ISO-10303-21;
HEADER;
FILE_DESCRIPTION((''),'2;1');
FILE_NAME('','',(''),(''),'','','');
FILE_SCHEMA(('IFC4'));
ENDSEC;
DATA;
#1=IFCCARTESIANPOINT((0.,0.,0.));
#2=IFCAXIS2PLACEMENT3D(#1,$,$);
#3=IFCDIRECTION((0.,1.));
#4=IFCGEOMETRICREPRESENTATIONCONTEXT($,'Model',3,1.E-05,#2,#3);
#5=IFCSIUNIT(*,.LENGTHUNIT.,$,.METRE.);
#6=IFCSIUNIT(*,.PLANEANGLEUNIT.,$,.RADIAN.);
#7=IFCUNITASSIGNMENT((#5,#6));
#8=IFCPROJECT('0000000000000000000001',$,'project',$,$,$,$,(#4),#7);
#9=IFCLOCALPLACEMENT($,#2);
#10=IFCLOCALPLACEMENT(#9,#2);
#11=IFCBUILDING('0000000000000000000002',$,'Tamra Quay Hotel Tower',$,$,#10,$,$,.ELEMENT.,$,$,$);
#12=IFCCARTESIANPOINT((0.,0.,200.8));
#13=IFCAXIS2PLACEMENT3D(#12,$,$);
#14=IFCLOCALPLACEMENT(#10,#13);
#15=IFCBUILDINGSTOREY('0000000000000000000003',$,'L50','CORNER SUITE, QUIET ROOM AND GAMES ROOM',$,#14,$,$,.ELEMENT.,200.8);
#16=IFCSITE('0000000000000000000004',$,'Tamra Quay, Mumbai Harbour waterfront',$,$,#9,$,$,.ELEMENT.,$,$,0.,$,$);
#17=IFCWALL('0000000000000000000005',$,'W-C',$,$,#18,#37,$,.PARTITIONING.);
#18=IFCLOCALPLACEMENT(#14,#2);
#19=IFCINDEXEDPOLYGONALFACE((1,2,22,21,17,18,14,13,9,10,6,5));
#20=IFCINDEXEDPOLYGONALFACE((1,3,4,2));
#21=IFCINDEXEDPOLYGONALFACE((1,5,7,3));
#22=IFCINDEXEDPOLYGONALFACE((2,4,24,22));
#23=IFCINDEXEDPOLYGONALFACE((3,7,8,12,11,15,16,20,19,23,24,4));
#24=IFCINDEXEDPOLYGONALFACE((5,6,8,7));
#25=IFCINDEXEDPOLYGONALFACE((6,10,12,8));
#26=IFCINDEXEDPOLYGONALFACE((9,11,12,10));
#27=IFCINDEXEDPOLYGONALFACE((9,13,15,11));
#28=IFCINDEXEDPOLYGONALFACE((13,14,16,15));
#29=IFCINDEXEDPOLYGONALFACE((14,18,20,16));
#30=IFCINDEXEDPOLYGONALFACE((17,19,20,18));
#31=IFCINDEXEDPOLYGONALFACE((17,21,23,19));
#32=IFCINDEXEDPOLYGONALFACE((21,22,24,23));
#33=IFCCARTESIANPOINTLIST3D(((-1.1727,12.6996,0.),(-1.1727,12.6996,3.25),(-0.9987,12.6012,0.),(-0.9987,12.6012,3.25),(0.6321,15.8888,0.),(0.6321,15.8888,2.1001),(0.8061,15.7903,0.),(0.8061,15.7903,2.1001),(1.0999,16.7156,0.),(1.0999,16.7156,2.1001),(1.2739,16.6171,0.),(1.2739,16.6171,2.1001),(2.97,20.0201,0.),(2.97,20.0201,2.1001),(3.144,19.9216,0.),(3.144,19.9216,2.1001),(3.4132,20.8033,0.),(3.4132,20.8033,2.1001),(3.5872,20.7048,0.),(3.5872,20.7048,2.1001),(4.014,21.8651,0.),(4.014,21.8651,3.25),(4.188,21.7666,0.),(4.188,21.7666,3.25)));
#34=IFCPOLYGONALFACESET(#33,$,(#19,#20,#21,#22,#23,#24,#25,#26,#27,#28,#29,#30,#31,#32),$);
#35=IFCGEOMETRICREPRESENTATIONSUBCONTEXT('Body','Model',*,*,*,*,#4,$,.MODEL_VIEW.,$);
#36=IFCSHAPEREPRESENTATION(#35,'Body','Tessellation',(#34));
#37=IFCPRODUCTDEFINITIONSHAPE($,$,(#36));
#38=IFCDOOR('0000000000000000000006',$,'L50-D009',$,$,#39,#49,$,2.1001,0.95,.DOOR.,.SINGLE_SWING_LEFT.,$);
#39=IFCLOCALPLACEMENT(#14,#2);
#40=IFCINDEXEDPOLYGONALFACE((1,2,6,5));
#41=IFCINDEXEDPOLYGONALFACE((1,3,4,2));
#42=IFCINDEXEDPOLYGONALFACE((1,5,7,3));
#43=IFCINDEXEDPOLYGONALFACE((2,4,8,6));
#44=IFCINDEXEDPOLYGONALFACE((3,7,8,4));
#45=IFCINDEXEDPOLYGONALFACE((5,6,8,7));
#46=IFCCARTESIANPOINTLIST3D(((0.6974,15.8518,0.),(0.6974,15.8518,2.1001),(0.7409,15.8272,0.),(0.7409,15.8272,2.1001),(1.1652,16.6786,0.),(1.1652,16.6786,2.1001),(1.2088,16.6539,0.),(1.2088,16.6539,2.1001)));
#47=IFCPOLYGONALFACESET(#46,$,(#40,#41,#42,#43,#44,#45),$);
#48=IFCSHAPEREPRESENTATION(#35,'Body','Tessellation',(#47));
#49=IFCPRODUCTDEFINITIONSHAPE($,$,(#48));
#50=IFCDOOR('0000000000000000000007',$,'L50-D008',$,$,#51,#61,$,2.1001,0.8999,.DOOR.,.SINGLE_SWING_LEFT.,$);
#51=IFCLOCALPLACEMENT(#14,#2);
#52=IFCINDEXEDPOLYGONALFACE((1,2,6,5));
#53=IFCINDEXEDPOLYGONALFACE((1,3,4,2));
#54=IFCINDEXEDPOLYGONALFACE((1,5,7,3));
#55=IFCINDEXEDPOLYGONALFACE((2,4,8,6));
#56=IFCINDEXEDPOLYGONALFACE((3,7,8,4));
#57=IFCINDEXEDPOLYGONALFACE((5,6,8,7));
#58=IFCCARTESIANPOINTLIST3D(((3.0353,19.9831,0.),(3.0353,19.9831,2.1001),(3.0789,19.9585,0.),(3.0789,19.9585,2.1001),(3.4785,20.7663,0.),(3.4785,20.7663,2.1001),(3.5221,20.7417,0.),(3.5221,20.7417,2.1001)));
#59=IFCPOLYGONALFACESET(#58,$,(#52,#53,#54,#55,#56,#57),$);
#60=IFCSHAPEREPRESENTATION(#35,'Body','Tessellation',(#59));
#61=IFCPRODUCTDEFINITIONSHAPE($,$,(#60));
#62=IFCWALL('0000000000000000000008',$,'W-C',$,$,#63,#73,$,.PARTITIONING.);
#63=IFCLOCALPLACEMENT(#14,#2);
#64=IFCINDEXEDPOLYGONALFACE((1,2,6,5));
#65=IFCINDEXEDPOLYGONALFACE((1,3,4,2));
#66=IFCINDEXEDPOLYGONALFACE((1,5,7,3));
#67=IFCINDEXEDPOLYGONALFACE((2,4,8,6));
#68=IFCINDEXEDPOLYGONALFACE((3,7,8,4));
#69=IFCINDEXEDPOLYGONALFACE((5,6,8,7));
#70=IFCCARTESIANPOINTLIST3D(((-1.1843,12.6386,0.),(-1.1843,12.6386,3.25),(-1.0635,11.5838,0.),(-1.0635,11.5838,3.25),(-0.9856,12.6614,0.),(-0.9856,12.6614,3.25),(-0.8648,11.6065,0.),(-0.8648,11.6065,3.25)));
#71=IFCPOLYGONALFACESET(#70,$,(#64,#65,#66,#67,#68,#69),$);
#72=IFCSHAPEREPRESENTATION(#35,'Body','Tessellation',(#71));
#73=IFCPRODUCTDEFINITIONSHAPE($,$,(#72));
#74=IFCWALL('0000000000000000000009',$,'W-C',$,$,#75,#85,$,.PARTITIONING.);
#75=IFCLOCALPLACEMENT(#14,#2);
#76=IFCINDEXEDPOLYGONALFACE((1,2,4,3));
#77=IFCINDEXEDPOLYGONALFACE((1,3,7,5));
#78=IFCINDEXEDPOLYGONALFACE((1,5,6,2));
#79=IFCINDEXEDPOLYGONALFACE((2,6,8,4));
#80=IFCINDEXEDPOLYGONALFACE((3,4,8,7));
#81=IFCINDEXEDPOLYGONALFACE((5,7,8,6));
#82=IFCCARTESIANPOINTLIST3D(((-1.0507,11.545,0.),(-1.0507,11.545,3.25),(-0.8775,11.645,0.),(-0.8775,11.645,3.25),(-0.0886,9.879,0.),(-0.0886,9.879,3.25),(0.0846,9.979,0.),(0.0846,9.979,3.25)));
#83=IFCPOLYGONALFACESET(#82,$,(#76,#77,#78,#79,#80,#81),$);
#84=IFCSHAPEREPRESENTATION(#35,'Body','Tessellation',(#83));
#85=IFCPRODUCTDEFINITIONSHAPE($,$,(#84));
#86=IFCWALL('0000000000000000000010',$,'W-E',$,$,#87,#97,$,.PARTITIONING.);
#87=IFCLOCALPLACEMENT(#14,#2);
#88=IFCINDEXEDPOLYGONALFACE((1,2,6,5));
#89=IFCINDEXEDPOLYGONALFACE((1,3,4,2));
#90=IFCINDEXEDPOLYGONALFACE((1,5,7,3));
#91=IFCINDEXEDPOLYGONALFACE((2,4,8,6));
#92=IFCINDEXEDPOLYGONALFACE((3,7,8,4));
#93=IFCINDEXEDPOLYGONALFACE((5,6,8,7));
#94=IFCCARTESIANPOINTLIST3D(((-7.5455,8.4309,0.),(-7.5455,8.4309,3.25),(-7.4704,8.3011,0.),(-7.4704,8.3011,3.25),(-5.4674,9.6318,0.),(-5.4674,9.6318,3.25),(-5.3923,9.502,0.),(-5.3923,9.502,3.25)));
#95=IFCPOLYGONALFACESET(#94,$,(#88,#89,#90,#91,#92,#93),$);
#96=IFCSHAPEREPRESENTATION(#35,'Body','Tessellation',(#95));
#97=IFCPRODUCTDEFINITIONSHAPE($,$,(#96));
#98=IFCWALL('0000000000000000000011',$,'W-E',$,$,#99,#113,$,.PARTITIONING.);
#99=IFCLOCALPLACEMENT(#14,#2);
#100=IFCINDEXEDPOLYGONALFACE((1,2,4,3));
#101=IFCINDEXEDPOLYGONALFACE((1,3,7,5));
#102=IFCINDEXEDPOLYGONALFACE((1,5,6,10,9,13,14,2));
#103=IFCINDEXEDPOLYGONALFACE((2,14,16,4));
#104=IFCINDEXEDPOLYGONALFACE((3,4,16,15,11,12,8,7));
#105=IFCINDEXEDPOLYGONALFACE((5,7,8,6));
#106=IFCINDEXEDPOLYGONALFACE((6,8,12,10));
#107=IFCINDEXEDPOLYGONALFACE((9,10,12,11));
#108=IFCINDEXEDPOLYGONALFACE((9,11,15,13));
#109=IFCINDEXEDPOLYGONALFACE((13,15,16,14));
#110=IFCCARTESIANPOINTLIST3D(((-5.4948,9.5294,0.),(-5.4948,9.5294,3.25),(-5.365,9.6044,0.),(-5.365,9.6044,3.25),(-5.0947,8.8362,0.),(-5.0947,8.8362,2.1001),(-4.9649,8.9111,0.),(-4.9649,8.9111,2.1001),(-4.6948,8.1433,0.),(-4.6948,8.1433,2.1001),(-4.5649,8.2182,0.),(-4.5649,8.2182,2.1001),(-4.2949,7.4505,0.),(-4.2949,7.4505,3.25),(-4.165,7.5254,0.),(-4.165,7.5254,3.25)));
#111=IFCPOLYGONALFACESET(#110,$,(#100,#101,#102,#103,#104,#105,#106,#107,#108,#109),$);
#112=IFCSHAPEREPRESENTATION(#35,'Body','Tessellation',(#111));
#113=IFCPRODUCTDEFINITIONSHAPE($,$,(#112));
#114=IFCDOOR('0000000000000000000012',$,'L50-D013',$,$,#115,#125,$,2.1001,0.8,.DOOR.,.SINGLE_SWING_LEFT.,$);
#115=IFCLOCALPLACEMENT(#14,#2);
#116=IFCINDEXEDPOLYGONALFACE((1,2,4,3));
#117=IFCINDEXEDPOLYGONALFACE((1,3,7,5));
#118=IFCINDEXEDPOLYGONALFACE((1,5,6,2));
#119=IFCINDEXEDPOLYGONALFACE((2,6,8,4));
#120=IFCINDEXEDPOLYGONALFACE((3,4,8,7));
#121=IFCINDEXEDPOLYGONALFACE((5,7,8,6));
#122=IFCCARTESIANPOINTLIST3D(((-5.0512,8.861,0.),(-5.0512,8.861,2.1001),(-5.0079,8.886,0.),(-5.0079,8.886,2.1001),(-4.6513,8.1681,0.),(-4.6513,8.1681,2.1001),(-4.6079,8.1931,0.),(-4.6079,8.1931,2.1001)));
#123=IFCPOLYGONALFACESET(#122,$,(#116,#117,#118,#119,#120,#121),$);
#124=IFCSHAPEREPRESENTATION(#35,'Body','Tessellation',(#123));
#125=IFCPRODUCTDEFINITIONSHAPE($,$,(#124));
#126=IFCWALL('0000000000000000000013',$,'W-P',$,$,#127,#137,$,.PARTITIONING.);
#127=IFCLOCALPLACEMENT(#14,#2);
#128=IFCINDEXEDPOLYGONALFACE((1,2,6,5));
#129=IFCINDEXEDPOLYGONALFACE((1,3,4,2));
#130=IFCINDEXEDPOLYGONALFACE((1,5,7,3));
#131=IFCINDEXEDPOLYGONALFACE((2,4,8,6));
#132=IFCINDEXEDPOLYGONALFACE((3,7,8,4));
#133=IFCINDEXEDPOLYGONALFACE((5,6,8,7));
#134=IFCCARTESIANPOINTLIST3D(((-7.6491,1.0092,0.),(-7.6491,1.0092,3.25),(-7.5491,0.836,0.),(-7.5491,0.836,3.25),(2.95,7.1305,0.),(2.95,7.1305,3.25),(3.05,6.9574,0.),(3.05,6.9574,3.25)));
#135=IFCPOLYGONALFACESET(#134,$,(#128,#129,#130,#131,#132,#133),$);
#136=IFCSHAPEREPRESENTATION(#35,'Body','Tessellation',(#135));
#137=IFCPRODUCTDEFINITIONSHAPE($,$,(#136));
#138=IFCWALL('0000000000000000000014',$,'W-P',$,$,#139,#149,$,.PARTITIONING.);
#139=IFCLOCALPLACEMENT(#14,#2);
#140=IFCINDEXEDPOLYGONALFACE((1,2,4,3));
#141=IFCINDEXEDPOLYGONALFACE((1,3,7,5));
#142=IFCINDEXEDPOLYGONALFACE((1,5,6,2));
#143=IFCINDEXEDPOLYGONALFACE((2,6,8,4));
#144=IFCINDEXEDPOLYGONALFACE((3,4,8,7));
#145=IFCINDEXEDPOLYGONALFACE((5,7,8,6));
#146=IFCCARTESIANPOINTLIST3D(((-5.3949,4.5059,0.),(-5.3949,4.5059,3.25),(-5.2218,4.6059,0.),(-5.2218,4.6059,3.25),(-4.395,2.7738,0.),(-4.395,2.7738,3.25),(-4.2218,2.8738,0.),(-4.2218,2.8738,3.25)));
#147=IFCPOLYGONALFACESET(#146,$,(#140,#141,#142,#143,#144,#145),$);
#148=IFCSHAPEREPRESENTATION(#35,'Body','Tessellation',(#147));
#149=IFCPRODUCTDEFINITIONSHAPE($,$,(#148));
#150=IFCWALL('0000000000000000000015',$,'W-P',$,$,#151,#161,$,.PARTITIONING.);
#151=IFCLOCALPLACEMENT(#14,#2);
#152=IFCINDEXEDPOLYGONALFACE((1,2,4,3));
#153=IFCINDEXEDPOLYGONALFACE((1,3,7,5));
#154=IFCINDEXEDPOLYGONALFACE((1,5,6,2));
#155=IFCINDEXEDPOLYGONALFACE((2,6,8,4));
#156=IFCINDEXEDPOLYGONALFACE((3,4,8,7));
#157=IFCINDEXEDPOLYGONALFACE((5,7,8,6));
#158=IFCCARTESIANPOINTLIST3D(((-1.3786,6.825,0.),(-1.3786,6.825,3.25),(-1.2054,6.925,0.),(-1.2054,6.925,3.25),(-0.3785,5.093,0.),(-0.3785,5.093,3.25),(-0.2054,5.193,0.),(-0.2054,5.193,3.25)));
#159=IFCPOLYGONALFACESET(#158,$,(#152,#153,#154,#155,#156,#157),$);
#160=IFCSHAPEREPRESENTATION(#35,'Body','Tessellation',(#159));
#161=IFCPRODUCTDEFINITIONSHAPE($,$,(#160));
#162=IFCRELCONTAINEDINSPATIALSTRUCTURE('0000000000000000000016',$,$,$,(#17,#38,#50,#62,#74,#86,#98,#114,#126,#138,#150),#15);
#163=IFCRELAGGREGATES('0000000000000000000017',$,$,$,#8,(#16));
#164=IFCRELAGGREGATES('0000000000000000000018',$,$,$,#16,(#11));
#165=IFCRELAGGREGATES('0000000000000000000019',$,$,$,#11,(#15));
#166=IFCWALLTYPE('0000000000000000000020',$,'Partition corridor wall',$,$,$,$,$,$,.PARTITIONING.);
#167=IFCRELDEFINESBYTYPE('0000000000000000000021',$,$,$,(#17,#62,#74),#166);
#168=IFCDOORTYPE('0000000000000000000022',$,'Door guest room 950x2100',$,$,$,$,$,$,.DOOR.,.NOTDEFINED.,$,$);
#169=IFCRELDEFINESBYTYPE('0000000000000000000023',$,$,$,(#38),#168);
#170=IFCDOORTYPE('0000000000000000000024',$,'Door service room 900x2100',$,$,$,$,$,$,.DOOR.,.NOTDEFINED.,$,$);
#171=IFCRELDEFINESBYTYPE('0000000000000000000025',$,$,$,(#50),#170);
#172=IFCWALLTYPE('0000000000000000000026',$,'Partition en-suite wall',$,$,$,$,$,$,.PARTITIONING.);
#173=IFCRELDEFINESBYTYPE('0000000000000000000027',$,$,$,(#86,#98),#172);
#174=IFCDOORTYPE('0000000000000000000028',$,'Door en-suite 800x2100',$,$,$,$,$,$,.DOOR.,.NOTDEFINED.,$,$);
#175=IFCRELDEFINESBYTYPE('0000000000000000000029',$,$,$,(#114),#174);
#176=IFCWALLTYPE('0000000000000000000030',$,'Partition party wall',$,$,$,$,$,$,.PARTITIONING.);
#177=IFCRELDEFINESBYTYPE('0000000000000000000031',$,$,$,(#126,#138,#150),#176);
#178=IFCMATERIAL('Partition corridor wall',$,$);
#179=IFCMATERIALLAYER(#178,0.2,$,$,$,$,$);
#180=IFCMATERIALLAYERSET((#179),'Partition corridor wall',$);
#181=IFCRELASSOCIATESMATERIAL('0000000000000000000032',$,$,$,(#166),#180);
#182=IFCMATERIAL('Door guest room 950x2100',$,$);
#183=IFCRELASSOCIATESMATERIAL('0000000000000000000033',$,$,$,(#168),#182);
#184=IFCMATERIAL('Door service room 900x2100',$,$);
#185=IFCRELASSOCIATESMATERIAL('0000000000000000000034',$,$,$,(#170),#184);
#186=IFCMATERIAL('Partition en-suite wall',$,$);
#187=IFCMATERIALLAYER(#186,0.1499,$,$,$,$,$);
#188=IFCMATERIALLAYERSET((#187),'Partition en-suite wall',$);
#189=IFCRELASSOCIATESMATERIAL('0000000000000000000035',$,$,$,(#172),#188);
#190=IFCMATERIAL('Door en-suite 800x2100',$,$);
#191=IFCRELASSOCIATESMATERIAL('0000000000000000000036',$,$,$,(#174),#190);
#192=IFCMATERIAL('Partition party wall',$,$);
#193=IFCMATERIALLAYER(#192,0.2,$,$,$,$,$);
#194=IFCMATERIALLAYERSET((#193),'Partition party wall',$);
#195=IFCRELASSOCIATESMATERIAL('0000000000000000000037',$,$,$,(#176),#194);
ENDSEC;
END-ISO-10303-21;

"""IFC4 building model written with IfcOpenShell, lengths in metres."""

from ifc_helpers import new_model, si_unit, direction, frame, frame_2d, origin, place, context, subcontext, project, spatial, rectangle, extrude, material, layer, layer_set, type_object, element, fill, save


model = new_model("IFC4")

# Units and contexts
model_context = context("Model", 3, precision=1e-05, world=origin(), true_north=direction((0.0, 1.0)))
body_context = subcontext(model_context, "Body", "Model", "MODEL_VIEW")
ifc_project = project(units=[si_unit("LENGTHUNIT", "METRE"), si_unit("PLANEANGLEUNIT", "RADIAN")], contexts=[model_context])

# Site, building, storey
site_placement = place(None, origin())
site = spatial("IfcSite", under=ifc_project, at=site_placement, Name="Tamra Quay, Mumbai Harbour waterfront", CompositionType="ELEMENT", RefElevation=0.0)
building_placement = place(site_placement, origin())
building = spatial("IfcBuilding", under=site, at=building_placement, Name="Tamra Quay Hotel Tower", CompositionType="ELEMENT")
storey_placement = place(building_placement, frame((0.0, 0.0, 200.8)))
storey = spatial("IfcBuildingStorey", under=building, at=storey_placement, Name="L50", Description="CORNER SUITE, QUIET ROOM AND GAMES ROOM", CompositionType="ELEMENT", Elevation=200.8)

# Shared definitions
ifc_material_1 = material(Name="Partition corridor wall")
ifc_layer_1 = layer(ifc_material_1, 0.2)
ifc_layer_set_1 = layer_set([ifc_layer_1], Name="Partition corridor wall")
wall_type_1 = type_object("IfcWallType", Name="Partition corridor wall", PredefinedType="PARTITIONING", material=ifc_layer_set_1)
ifc_material_2 = material(Name="Door guest room 950x2100")
door_type_1 = type_object("IfcDoorType", Name="Door guest room 950x2100", OperationType="NOTDEFINED", PredefinedType="DOOR", material=ifc_material_2)

# Wall, openings, doors
ifc_material_3 = material(Name="Door service room 900x2100")
door_type_2 = type_object("IfcDoorType", Name="Door service room 900x2100", OperationType="NOTDEFINED", PredefinedType="DOOR", material=ifc_material_3)
wall_1_placement = place(storey_placement, frame((-1.0857, 12.6504, 0.0), z_axis=(0.0, 0.0, 1.0), x_axis=(0.492507, 0.870308, 0.0)))
wall_1 = element("IfcWall", 1, at=wall_1_placement, inside=storey, type_object=wall_type_1, Name="W-C", PredefinedType="PARTITIONING", context=body_context, shape_type="SweptSolid", body=[
    extrude(rectangle(XDim=10.5312, YDim=0.2, at=frame_2d((5.2656, 0.0))), origin(), (0.0, 0.0, 1.0), 3.25),
])
opening_1_placement = place(wall_1_placement, frame((8.4114, 0.0, 0.0)))
opening_1 = element("IfcOpeningElement", 2, at=opening_1_placement, cuts=wall_1, PredefinedType="OPENING", context=body_context, shape_type="SweptSolid", body=[
    extrude(rectangle(XDim=0.8999, YDim=2.1001, at=frame_2d((0.45, 1.05))), frame((0.0, 0.1099, 0.0), z_axis=(0.0, -1.0, 0.0), x_axis=(1.0, 0.0, 0.0)), (0.0, 0.0, 1.0), 0.22),
])
opening_2_placement = place(wall_1_placement, frame((3.6643, 0.0, 0.0)))
opening_2 = element("IfcOpeningElement", 3, at=opening_2_placement, cuts=wall_1, PredefinedType="OPENING", context=body_context, shape_type="SweptSolid", body=[
    extrude(rectangle(XDim=0.95, YDim=2.1001, at=frame_2d((0.4751, 1.05))), frame((0.0, 0.1099, 0.0), z_axis=(0.0, -1.0, 0.0), x_axis=(1.0, 0.0, 0.0)), (0.0, 0.0, 1.0), 0.22),
])
door_1_placement = place(opening_2_placement, origin())
door_1 = element("IfcDoor", 4, at=door_1_placement, inside=storey, type_object=door_type_1, Name="L50-D009", OperationType="SINGLE_SWING_LEFT", OverallHeight=2.1001, OverallWidth=0.95, PredefinedType="DOOR", context=body_context, shape_type="SweptSolid", body=[
    extrude(rectangle(XDim=0.95, YDim=2.1001, at=frame_2d((0.4751, 1.05))), frame((0.0, 0.0249, 0.0), z_axis=(0.0, -1.0, 0.0), x_axis=(1.0, 0.0, 0.0)), (0.0, 0.0, 1.0), 0.05),
])
fill(opening_2, door_1)
door_2_placement = place(opening_1_placement, origin())
door_2 = element("IfcDoor", 5, at=door_2_placement, inside=storey, type_object=door_type_2, Name="L50-D008", OperationType="SINGLE_SWING_LEFT", OverallHeight=2.1001, OverallWidth=0.8999, PredefinedType="DOOR", context=body_context, shape_type="SweptSolid", body=[
    extrude(rectangle(XDim=0.8999, YDim=2.1001, at=frame_2d((0.45, 1.05))), frame((0.0, 0.0249, 0.0), z_axis=(0.0, -1.0, 0.0), x_axis=(1.0, 0.0, 0.0)), (0.0, 0.0, 1.0), 0.05),
])
fill(opening_1, door_2)

# Walls
wall_2_placement = place(storey_placement, frame((-1.085, 12.6499, 0.0), z_axis=(0.0, 0.0, 1.0), x_axis=(0.113812, -0.993502, 0.0)))
element("IfcWall", 6, at=wall_2_placement, inside=storey, type_object=wall_type_1, Name="W-C", PredefinedType="PARTITIONING", context=body_context, shape_type="SweptSolid", body=[
    extrude(rectangle(XDim=1.0618, YDim=0.2, at=frame_2d((0.5308, 0.0))), origin(), (0.0, 0.0, 1.0), 3.25),
])
wall_3_placement = place(storey_placement, frame((-0.9641, 11.595, 0.0), z_axis=(0.0, 0.0, 1.0), x_axis=(0.500111, -0.865962, 0.0)))
element("IfcWall", 7, at=wall_3_placement, inside=storey, type_object=wall_type_1, Name="W-C", PredefinedType="PARTITIONING", context=body_context, shape_type="SweptSolid", body=[
    extrude(rectangle(XDim=1.9238, YDim=0.2, at=frame_2d((0.9619, 0.0))), origin(), (0.0, 0.0, 1.0), 3.25),
])
ifc_material_4 = material(Name="Partition en-suite wall")
ifc_layer_2 = layer(ifc_material_4, 0.1499)
ifc_layer_set_2 = layer_set([ifc_layer_2], Name="Partition en-suite wall")
wall_type_2 = type_object("IfcWallType", Name="Partition en-suite wall", PredefinedType="PARTITIONING", material=ifc_layer_set_2)
wall_4_placement = place(storey_placement, frame((-7.5081, 8.366, 0.0), z_axis=(0.0, 0.0, 1.0), x_axis=(0.865823, 0.50035, 0.0)))
element("IfcWall", 8, at=wall_4_placement, inside=storey, type_object=wall_type_2, Name="W-E", PredefinedType="PARTITIONING", context=body_context, shape_type="SweptSolid", body=[
    extrude(rectangle(XDim=2.4001, YDim=0.1499, at=frame_2d((1.2002, 0.0))), origin(), (0.0, 0.0, 1.0), 3.25),
])

# Wall, opening, door
wall_5_placement = place(storey_placement, frame((-5.4299, 9.5669, 0.0), z_axis=(0.0, 0.0, 1.0), x_axis=(0.499913, -0.866075, 0.0)))
wall_5 = element("IfcWall", 9, at=wall_5_placement, inside=storey, type_object=wall_type_2, Name="W-E", PredefinedType="PARTITIONING", context=body_context, shape_type="SweptSolid", body=[
    extrude(rectangle(XDim=2.4004, YDim=0.1499, at=frame_2d((1.2002, 0.0))), origin(), (0.0, 0.0, 1.0), 3.25),
])
opening_3_placement = place(wall_5_placement, frame((0.8005, 0.0, 0.0)))
opening_3 = element("IfcOpeningElement", 10, at=opening_3_placement, cuts=wall_5, PredefinedType="OPENING", context=body_context, shape_type="SweptSolid", body=[
    extrude(rectangle(XDim=0.8, YDim=2.1001, at=frame_2d((0.3999, 1.05))), frame((0.0, 0.085, 0.0), z_axis=(0.0, -1.0, 0.0), x_axis=(1.0, 0.0, 0.0)), (0.0, 0.0, 1.0), 0.1699),
])
ifc_material_5 = material(Name="Door en-suite 800x2100")
door_type_3 = type_object("IfcDoorType", Name="Door en-suite 800x2100", OperationType="NOTDEFINED", PredefinedType="DOOR", material=ifc_material_5)
door_3_placement = place(opening_3_placement, frame((0.8, 0.0, 0.0), z_axis=(0.0, 0.0, 1.0), x_axis=(-1.0, 0.0, 0.0)))
door_3 = element("IfcDoor", 11, at=door_3_placement, inside=storey, type_object=door_type_3, Name="L50-D013", OperationType="SINGLE_SWING_LEFT", OverallHeight=2.1001, OverallWidth=0.8, PredefinedType="DOOR", context=body_context, shape_type="SweptSolid", body=[
    extrude(rectangle(XDim=0.8, YDim=2.1001, at=frame_2d((0.3999, 1.05))), frame((0.0, 0.0249, 0.0), z_axis=(0.0, -1.0, 0.0), x_axis=(1.0, 0.0, 0.0)), (0.0, 0.0, 1.0), 0.05),
])
fill(opening_3, door_3)

# Walls
ifc_material_6 = material(Name="Partition party wall")
ifc_layer_3 = layer(ifc_material_6, 0.2)
ifc_layer_set_3 = layer_set([ifc_layer_3], Name="Partition party wall")
wall_type_3 = type_object("IfcWallType", Name="Partition party wall", PredefinedType="PARTITIONING", material=ifc_layer_set_3)
wall_6_placement = place(storey_placement, frame((-7.5991, 0.9226, 0.0), z_axis=(0.0, 0.0, 1.0), x_axis=(0.865957, 0.500118, 0.0)))
element("IfcWall", 12, at=wall_6_placement, inside=storey, type_object=wall_type_3, Name="W-P", PredefinedType="PARTITIONING", context=body_context, shape_type="SweptSolid", body=[
    extrude(rectangle(XDim=12.2397, YDim=0.2, at=frame_2d((6.1199, 0.0))), origin(), (0.0, 0.0, 1.0), 3.25),
])
for number, where, z_axis, x_axis, name in (
    (13, (-5.3083, 4.5559, 0.0), (0.0, 0.0, 1.0), (0.499973, -0.866041, 0.0), "W-P"),
    (14, (-1.292, 6.875, 0.0), (0.0, 0.0, 1.0), (0.500025, -0.866011, 0.0), "W-P"),
):
    element("IfcWall", number, at=place(storey_placement, frame(where, z_axis=z_axis, x_axis=x_axis)), inside=storey, type_object=wall_type_3, Name=name, PredefinedType="PARTITIONING", context=body_context, shape_type="SweptSolid", body=[
        extrude(rectangle(XDim=2.0, YDim=0.2, at=frame_2d((1.0, 0.0))), origin(), (0.0, 0.0, 1.0), 3.25),
    ])

save(model, "model.ifc")
